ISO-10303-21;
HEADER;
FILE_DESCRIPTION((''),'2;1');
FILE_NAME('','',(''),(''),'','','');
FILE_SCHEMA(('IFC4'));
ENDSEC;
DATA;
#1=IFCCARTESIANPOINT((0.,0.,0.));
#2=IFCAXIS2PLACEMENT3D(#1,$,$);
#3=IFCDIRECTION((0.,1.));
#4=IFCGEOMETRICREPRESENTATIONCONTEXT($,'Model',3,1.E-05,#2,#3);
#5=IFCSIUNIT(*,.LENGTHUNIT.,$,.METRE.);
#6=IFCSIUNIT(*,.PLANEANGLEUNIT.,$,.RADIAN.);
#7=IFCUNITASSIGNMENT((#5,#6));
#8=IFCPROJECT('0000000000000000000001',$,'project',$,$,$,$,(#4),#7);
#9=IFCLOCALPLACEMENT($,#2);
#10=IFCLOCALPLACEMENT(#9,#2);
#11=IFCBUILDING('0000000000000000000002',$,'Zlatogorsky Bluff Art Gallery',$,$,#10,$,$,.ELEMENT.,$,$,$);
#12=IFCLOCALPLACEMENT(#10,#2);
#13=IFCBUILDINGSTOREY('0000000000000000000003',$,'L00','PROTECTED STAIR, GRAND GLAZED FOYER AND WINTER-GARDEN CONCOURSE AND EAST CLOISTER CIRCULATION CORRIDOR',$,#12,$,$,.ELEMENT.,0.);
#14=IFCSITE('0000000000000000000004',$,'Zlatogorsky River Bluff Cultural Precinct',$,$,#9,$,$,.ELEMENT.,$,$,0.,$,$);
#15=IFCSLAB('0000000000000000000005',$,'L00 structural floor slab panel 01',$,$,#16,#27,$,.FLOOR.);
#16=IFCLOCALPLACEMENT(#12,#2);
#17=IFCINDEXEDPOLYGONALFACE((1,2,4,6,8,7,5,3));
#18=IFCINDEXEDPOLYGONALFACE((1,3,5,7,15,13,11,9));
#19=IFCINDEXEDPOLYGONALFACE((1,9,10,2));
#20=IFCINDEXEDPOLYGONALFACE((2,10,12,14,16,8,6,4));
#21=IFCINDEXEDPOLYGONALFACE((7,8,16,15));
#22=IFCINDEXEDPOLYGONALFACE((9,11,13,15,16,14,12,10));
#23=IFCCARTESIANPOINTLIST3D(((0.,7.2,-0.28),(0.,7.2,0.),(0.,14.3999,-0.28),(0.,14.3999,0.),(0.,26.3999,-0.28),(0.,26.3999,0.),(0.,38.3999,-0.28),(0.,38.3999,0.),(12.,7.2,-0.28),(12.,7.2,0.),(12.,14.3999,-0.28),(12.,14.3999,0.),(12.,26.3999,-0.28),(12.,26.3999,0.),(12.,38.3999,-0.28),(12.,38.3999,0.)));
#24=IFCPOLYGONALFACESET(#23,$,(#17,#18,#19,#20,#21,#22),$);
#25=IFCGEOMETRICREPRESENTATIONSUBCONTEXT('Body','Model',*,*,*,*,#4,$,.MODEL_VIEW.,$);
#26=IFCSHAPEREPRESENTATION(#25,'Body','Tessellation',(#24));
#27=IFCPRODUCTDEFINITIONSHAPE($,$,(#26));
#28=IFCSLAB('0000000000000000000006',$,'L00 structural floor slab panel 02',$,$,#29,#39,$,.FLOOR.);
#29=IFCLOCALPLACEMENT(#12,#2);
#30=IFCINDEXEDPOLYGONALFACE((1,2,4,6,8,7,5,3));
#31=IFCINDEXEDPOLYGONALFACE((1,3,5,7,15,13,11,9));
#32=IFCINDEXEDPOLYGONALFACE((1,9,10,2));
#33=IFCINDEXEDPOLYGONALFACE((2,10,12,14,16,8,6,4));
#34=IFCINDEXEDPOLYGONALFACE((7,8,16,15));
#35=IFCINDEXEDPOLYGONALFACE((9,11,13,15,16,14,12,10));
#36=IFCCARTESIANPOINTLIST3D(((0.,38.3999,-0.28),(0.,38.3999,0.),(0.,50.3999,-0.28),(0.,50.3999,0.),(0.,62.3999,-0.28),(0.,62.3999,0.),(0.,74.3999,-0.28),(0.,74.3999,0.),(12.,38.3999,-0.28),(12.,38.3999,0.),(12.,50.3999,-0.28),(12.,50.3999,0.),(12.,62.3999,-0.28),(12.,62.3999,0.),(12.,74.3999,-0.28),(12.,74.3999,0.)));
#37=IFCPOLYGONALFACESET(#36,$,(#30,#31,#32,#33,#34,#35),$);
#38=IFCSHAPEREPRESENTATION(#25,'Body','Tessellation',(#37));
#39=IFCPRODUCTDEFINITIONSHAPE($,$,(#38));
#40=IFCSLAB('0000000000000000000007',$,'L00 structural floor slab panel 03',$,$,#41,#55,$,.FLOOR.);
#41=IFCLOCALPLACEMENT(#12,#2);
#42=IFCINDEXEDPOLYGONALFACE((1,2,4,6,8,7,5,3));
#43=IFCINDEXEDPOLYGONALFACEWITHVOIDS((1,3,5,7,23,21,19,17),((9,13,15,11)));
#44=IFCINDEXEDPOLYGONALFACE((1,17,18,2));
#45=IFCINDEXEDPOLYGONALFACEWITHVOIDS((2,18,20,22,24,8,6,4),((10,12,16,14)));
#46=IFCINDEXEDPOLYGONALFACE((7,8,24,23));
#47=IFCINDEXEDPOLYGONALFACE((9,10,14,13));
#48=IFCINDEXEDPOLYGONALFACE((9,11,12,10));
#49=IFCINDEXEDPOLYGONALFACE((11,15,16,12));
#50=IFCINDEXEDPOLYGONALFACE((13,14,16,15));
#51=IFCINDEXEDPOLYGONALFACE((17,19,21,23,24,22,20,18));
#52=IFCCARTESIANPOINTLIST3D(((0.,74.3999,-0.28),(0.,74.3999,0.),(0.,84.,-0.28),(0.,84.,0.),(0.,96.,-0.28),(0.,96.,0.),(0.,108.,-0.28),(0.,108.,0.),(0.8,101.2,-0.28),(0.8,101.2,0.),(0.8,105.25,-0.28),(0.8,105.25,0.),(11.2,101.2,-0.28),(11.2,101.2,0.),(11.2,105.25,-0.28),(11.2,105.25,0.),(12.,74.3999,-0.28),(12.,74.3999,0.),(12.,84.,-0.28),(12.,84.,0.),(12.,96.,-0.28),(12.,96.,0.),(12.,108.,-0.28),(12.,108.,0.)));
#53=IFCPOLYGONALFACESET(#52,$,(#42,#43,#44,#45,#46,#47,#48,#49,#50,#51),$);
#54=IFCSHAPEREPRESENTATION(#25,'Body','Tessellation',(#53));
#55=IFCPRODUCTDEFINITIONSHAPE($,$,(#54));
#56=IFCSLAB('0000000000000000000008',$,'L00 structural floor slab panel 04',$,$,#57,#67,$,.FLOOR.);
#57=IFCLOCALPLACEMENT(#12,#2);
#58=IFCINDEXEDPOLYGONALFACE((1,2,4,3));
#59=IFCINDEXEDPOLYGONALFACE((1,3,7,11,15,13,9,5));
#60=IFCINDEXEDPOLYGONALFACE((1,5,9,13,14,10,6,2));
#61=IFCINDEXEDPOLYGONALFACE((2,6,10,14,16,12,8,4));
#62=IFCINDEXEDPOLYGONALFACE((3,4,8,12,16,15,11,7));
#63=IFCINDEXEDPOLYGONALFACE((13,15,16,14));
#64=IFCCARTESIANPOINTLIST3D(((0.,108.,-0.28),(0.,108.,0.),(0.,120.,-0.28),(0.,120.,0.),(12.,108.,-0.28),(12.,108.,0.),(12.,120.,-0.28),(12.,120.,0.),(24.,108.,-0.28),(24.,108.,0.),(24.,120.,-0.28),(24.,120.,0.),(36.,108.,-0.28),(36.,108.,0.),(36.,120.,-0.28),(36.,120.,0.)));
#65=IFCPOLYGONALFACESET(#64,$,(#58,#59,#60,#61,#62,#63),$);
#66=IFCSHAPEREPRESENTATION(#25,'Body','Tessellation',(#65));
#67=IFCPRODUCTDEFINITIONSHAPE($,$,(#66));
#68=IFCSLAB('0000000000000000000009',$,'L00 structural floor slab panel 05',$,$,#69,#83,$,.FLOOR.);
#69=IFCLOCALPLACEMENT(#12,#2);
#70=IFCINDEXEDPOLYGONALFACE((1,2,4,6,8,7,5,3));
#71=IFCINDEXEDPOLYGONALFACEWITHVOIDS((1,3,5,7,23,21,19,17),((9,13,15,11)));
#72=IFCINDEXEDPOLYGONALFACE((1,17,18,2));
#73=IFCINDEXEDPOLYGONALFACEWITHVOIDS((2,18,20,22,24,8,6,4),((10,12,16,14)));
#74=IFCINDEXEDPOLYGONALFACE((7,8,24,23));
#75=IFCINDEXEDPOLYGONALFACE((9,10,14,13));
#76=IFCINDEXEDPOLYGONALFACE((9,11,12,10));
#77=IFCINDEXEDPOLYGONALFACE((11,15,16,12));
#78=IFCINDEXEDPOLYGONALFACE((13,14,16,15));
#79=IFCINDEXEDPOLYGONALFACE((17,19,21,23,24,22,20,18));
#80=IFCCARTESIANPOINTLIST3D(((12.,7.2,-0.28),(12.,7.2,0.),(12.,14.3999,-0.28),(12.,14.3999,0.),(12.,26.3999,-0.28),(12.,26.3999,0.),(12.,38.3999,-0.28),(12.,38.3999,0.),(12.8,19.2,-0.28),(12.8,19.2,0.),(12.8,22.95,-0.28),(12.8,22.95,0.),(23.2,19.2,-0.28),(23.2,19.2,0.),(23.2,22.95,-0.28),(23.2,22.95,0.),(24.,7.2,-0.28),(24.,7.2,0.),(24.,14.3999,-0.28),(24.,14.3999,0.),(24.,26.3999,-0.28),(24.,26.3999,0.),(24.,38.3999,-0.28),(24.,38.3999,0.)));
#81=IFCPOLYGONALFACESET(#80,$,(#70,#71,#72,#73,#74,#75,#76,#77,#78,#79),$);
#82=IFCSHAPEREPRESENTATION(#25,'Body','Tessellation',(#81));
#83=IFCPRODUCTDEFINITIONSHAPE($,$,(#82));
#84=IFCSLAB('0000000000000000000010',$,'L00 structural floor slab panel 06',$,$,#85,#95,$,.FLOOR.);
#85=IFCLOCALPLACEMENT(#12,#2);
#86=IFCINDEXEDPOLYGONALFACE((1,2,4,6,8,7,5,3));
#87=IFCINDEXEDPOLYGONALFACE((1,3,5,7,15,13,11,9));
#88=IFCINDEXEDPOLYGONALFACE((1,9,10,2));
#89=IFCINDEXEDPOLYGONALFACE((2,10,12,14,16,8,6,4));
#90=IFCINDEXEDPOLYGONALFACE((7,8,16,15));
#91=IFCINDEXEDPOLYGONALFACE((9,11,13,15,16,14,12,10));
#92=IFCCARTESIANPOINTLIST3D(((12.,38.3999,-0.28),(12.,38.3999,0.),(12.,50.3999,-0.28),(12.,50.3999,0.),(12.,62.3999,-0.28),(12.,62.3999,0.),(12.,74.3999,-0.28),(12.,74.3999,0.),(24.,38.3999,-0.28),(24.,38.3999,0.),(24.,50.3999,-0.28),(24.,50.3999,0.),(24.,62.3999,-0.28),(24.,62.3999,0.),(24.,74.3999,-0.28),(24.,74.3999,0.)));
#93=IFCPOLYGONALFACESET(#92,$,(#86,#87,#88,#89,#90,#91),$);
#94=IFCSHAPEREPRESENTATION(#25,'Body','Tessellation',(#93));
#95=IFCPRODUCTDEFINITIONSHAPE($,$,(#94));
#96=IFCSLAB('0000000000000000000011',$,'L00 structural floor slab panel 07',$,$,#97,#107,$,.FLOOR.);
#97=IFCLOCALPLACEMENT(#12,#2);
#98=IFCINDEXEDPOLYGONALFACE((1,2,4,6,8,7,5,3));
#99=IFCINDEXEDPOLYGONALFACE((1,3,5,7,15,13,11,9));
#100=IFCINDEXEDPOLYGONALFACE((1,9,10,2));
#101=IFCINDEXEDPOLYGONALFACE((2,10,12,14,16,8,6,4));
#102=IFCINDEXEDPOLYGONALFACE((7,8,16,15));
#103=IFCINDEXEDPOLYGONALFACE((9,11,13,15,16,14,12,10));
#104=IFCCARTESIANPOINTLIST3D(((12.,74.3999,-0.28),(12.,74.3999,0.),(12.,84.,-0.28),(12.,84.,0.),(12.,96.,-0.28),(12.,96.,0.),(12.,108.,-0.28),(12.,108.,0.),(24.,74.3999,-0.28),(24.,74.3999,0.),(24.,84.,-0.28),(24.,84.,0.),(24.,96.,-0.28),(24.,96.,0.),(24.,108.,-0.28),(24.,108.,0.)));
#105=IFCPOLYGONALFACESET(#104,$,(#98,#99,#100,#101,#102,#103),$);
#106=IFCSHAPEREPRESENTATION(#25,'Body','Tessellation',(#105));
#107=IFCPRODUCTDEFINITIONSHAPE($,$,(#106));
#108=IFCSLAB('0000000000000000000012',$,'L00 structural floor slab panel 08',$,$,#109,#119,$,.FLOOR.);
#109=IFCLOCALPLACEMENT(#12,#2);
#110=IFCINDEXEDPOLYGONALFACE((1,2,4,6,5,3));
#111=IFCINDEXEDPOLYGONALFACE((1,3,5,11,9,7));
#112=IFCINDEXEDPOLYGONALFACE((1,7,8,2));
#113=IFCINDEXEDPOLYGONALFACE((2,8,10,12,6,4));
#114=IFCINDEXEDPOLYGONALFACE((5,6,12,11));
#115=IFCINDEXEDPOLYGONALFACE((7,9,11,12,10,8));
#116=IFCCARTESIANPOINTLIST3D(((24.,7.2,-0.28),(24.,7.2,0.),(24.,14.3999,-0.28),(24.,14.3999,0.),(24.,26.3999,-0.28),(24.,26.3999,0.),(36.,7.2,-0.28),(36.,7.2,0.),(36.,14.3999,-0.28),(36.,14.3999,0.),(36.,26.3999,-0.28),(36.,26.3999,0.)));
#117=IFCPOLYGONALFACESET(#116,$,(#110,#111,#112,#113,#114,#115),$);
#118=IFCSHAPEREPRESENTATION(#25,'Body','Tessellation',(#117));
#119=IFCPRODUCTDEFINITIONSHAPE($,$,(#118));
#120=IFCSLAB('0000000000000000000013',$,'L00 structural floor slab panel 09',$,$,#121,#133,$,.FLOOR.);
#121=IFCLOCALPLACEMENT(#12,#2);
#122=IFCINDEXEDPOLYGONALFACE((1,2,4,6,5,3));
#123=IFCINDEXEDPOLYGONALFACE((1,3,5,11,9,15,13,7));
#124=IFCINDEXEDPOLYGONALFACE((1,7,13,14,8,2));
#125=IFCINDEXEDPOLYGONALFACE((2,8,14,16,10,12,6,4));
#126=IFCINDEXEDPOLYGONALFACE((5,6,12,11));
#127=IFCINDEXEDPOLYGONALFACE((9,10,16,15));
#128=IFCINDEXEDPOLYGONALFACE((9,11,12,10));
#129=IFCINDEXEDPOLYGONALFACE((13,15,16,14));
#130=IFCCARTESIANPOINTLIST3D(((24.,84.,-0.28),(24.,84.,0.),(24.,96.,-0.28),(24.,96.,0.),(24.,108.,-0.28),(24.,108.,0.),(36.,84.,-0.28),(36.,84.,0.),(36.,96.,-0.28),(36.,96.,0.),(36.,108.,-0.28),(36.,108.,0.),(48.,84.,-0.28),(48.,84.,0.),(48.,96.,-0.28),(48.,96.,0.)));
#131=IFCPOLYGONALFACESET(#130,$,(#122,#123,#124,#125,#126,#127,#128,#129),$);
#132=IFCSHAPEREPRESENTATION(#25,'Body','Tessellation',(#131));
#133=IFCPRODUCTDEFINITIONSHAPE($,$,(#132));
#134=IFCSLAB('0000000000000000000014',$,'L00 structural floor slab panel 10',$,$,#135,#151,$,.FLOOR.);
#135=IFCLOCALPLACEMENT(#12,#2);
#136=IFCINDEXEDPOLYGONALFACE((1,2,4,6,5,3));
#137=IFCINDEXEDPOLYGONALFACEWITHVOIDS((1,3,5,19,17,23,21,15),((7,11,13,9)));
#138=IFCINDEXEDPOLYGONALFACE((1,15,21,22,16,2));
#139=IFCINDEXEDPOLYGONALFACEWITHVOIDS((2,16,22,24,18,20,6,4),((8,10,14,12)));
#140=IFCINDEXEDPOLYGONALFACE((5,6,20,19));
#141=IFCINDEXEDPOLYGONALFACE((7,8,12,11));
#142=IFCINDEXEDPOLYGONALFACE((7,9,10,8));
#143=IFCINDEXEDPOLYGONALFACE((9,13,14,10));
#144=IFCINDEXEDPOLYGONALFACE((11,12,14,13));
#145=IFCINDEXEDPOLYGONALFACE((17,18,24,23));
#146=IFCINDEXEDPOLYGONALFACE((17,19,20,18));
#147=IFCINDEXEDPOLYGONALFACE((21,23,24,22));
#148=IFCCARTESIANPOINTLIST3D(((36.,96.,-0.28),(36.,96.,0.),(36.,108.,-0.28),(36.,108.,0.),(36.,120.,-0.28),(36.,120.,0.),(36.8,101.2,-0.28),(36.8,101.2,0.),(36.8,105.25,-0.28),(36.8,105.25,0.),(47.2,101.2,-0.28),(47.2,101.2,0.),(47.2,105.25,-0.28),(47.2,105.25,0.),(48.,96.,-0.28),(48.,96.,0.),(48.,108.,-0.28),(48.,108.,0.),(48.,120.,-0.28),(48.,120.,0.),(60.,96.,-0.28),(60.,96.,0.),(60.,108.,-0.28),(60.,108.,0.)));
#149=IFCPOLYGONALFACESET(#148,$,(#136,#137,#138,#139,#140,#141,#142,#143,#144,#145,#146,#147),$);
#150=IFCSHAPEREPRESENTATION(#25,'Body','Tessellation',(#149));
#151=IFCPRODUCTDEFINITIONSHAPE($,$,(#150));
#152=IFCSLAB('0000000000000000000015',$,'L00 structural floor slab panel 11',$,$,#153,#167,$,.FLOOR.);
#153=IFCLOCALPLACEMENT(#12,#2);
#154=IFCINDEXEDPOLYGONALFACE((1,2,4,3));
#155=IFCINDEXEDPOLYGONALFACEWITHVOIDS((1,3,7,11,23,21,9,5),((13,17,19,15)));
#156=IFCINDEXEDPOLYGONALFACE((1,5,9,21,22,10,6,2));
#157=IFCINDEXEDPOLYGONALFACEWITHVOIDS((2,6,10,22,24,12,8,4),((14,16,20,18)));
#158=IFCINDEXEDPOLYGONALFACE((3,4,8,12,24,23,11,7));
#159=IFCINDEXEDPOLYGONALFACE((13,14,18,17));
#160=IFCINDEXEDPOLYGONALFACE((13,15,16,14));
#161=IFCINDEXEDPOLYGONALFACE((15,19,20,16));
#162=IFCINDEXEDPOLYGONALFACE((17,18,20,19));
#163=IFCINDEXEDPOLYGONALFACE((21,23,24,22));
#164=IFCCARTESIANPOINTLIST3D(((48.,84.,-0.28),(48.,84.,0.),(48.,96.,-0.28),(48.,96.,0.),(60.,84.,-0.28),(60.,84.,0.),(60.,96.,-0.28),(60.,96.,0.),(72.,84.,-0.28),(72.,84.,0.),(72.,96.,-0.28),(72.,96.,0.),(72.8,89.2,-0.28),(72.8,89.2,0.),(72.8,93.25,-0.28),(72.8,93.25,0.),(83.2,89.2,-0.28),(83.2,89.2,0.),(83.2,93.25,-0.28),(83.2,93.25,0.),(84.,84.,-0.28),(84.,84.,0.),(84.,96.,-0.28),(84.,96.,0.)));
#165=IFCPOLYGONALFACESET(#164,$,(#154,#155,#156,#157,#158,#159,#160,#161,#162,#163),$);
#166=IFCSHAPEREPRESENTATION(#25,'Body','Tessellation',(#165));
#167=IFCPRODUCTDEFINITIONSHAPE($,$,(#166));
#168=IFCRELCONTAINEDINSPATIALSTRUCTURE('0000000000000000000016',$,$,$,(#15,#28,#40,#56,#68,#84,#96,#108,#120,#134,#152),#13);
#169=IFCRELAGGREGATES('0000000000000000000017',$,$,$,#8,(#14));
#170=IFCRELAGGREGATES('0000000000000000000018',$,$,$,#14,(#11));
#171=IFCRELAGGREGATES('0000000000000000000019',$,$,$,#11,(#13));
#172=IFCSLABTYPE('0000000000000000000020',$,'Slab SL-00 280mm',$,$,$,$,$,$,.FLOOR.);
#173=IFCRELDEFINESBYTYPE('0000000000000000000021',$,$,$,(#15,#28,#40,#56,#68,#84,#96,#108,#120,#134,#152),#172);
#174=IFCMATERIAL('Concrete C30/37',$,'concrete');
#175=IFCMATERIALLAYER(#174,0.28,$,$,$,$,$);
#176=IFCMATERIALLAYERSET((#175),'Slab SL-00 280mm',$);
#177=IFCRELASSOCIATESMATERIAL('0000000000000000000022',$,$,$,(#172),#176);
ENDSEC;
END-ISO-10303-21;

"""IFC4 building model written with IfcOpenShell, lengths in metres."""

from ifc_helpers import new_model, si_unit, direction, frame, origin, place, context, subcontext, project, spatial, polyline, outline, extrude, material, layer, layer_set, type_object, element, save


model = new_model("IFC4")

# Units and contexts
model_context = context("Model", 3, precision=1e-05, world=origin(), true_north=direction((0.0, 1.0)))
body_context = subcontext(model_context, "Body", "Model", "MODEL_VIEW")
ifc_project = project(units=[si_unit("LENGTHUNIT", "METRE"), si_unit("PLANEANGLEUNIT", "RADIAN")], contexts=[model_context])

# Site, building, storey
site_placement = place(None, origin())
site = spatial("IfcSite", under=ifc_project, at=site_placement, Name="Zlatogorsky River Bluff Cultural Precinct", CompositionType="ELEMENT", RefElevation=0.0)
building_placement = place(site_placement, origin())
building = spatial("IfcBuilding", under=site, at=building_placement, Name="Zlatogorsky Bluff Art Gallery", CompositionType="ELEMENT")
storey_placement = place(building_placement, origin())
storey = spatial("IfcBuildingStorey", under=building, at=storey_placement, Name="L00", Description="PROTECTED STAIR, GRAND GLAZED FOYER AND WINTER-GARDEN CONCOURSE AND EAST CLOISTER CIRCULATION CORRIDOR", CompositionType="ELEMENT", Elevation=0.0)

# Slabs
ifc_material_1 = material(Name="Concrete C30/37", Category="concrete")
ifc_layer_1 = layer(ifc_material_1, 0.28)
ifc_layer_set_1 = layer_set([ifc_layer_1], Name="Slab SL-00 280mm")
slab_type_1 = type_object("IfcSlabType", Name="Slab SL-00 280mm", PredefinedType="FLOOR", material=ifc_layer_set_1)
slab_1_placement = place(storey_placement, frame((0.0, 0.0, -0.28)))
element("IfcSlab", 1, at=slab_1_placement, inside=storey, type_object=slab_type_1, Name="L00 structural floor slab panel 01", PredefinedType="FLOOR", context=body_context, shape_type="SweptSolid", body=[
    extrude(outline(polyline([(0.0, 7.2), (0.0, 14.3999), (0.0, 26.3999), (0.0, 38.3999), (12.0, 38.3999), (12.0, 26.3999), (12.0, 14.3999), (12.0, 7.2), (0.0, 7.2)])), origin(), (0.0, 0.0, 1.0), 0.28),
])
slab_2_placement = place(storey_placement, frame((0.0, 0.0, -0.28)))
element("IfcSlab", 2, at=slab_2_placement, inside=storey, type_object=slab_type_1, Name="L00 structural floor slab panel 02", PredefinedType="FLOOR", context=body_context, shape_type="SweptSolid", body=[
    extrude(outline(polyline([(0.0, 38.3999), (0.0, 50.3999), (0.0, 62.3999), (0.0, 74.3999), (12.0, 74.3999), (12.0, 62.3999), (12.0, 50.3999), (12.0, 38.3999), (0.0, 38.3999)])), origin(), (0.0, 0.0, 1.0), 0.28),
])
slab_3_placement = place(storey_placement, frame((0.0, 0.0, -0.28)))
element("IfcSlab", 3, at=slab_3_placement, inside=storey, type_object=slab_type_1, Name="L00 structural floor slab panel 03", PredefinedType="FLOOR", context=body_context, shape_type="SweptSolid", body=[
    extrude(outline(polyline([(0.0, 74.3999), (0.0, 84.0), (0.0, 96.0), (0.0, 108.0), (12.0, 108.0), (12.0, 96.0), (12.0, 84.0), (12.0, 74.3999), (0.0, 74.3999)]), holes=[polyline([(11.2, 101.2), (11.2, 105.25), (0.8, 105.25), (0.8, 101.2), (11.2, 101.2)])]), origin(), (0.0, 0.0, 1.0), 0.28),
])
slab_4_placement = place(storey_placement, frame((0.0, 0.0, -0.28)))
element("IfcSlab", 4, at=slab_4_placement, inside=storey, type_object=slab_type_1, Name="L00 structural floor slab panel 04", PredefinedType="FLOOR", context=body_context, shape_type="SweptSolid", body=[
    extrude(outline(polyline([(0.0, 120.0), (12.0, 120.0), (24.0, 120.0), (36.0, 120.0), (36.0, 108.0), (24.0, 108.0), (12.0, 108.0), (0.0, 108.0), (0.0, 120.0)])), origin(), (0.0, 0.0, 1.0), 0.28),
])
slab_5_placement = place(storey_placement, frame((0.0, 0.0, -0.28)))
element("IfcSlab", 5, at=slab_5_placement, inside=storey, type_object=slab_type_1, Name="L00 structural floor slab panel 05", PredefinedType="FLOOR", context=body_context, shape_type="SweptSolid", body=[
    extrude(outline(polyline([(12.0, 7.2), (12.0, 14.3999), (12.0, 26.3999), (12.0, 38.3999), (24.0, 38.3999), (24.0, 26.3999), (24.0, 14.3999), (24.0, 7.2), (12.0, 7.2)]), holes=[polyline([(23.2, 22.95), (12.8, 22.95), (12.8, 19.2), (23.2, 19.2), (23.2, 22.95)])]), origin(), (0.0, 0.0, 1.0), 0.28),
])
slab_6_placement = place(storey_placement, frame((0.0, 0.0, -0.28)))
element("IfcSlab", 6, at=slab_6_placement, inside=storey, type_object=slab_type_1, Name="L00 structural floor slab panel 06", PredefinedType="FLOOR", context=body_context, shape_type="SweptSolid", body=[
    extrude(outline(polyline([(12.0, 38.3999), (12.0, 50.3999), (12.0, 62.3999), (12.0, 74.3999), (24.0, 74.3999), (24.0, 62.3999), (24.0, 50.3999), (24.0, 38.3999), (12.0, 38.3999)])), origin(), (0.0, 0.0, 1.0), 0.28),
])
slab_7_placement = place(storey_placement, frame((0.0, 0.0, -0.28)))
element("IfcSlab", 7, at=slab_7_placement, inside=storey, type_object=slab_type_1, Name="L00 structural floor slab panel 07", PredefinedType="FLOOR", context=body_context, shape_type="SweptSolid", body=[
    extrude(outline(polyline([(12.0, 74.3999), (12.0, 84.0), (12.0, 96.0), (12.0, 108.0), (24.0, 108.0), (24.0, 96.0), (24.0, 84.0), (24.0, 74.3999), (12.0, 74.3999)])), origin(), (0.0, 0.0, 1.0), 0.28),
])
slab_8_placement = place(storey_placement, frame((0.0, 0.0, -0.28)))
element("IfcSlab", 8, at=slab_8_placement, inside=storey, type_object=slab_type_1, Name="L00 structural floor slab panel 08", PredefinedType="FLOOR", context=body_context, shape_type="SweptSolid", body=[
    extrude(outline(polyline([(24.0, 7.2), (24.0, 14.3999), (24.0, 26.3999), (36.0, 26.3999), (36.0, 14.3999), (36.0, 7.2), (24.0, 7.2)])), origin(), (0.0, 0.0, 1.0), 0.28),
])
slab_9_placement = place(storey_placement, frame((0.0, 0.0, -0.28)))
element("IfcSlab", 9, at=slab_9_placement, inside=storey, type_object=slab_type_1, Name="L00 structural floor slab panel 09", PredefinedType="FLOOR", context=body_context, shape_type="SweptSolid", body=[
    extrude(outline(polyline([(24.0, 96.0), (24.0, 108.0), (36.0, 108.0), (36.0, 96.0), (48.0, 96.0), (48.0, 84.0), (36.0, 84.0), (24.0, 84.0), (24.0, 96.0)])), origin(), (0.0, 0.0, 1.0), 0.28),
])
slab_10_placement = place(storey_placement, frame((0.0, 0.0, -0.28)))
element("IfcSlab", 10, at=slab_10_placement, inside=storey, type_object=slab_type_1, Name="L00 structural floor slab panel 10", PredefinedType="FLOOR", context=body_context, shape_type="SweptSolid", body=[
    extrude(outline(polyline([(36.0, 108.0), (36.0, 120.0), (48.0, 120.0), (48.0, 108.0), (60.0, 108.0), (60.0, 96.0), (48.0, 96.0), (36.0, 96.0), (36.0, 108.0)]), holes=[polyline([(47.2, 101.2), (47.2, 105.25), (36.8, 105.25), (36.8, 101.2), (47.2, 101.2)])]), origin(), (0.0, 0.0, 1.0), 0.28),
])
slab_11_placement = place(storey_placement, frame((0.0, 0.0, -0.28)))
element("IfcSlab", 11, at=slab_11_placement, inside=storey, type_object=slab_type_1, Name="L00 structural floor slab panel 11", PredefinedType="FLOOR", context=body_context, shape_type="SweptSolid", body=[
    extrude(outline(polyline([(48.0, 96.0), (60.0, 96.0), (72.0, 96.0), (84.0, 96.0), (84.0, 84.0), (72.0, 84.0), (60.0, 84.0), (48.0, 84.0), (48.0, 96.0)]), holes=[polyline([(83.2, 89.2), (83.2, 93.25), (72.8, 93.25), (72.8, 89.2), (83.2, 89.2)])]), origin(), (0.0, 0.0, 1.0), 0.28),
])

save(model, "model.ifc")
